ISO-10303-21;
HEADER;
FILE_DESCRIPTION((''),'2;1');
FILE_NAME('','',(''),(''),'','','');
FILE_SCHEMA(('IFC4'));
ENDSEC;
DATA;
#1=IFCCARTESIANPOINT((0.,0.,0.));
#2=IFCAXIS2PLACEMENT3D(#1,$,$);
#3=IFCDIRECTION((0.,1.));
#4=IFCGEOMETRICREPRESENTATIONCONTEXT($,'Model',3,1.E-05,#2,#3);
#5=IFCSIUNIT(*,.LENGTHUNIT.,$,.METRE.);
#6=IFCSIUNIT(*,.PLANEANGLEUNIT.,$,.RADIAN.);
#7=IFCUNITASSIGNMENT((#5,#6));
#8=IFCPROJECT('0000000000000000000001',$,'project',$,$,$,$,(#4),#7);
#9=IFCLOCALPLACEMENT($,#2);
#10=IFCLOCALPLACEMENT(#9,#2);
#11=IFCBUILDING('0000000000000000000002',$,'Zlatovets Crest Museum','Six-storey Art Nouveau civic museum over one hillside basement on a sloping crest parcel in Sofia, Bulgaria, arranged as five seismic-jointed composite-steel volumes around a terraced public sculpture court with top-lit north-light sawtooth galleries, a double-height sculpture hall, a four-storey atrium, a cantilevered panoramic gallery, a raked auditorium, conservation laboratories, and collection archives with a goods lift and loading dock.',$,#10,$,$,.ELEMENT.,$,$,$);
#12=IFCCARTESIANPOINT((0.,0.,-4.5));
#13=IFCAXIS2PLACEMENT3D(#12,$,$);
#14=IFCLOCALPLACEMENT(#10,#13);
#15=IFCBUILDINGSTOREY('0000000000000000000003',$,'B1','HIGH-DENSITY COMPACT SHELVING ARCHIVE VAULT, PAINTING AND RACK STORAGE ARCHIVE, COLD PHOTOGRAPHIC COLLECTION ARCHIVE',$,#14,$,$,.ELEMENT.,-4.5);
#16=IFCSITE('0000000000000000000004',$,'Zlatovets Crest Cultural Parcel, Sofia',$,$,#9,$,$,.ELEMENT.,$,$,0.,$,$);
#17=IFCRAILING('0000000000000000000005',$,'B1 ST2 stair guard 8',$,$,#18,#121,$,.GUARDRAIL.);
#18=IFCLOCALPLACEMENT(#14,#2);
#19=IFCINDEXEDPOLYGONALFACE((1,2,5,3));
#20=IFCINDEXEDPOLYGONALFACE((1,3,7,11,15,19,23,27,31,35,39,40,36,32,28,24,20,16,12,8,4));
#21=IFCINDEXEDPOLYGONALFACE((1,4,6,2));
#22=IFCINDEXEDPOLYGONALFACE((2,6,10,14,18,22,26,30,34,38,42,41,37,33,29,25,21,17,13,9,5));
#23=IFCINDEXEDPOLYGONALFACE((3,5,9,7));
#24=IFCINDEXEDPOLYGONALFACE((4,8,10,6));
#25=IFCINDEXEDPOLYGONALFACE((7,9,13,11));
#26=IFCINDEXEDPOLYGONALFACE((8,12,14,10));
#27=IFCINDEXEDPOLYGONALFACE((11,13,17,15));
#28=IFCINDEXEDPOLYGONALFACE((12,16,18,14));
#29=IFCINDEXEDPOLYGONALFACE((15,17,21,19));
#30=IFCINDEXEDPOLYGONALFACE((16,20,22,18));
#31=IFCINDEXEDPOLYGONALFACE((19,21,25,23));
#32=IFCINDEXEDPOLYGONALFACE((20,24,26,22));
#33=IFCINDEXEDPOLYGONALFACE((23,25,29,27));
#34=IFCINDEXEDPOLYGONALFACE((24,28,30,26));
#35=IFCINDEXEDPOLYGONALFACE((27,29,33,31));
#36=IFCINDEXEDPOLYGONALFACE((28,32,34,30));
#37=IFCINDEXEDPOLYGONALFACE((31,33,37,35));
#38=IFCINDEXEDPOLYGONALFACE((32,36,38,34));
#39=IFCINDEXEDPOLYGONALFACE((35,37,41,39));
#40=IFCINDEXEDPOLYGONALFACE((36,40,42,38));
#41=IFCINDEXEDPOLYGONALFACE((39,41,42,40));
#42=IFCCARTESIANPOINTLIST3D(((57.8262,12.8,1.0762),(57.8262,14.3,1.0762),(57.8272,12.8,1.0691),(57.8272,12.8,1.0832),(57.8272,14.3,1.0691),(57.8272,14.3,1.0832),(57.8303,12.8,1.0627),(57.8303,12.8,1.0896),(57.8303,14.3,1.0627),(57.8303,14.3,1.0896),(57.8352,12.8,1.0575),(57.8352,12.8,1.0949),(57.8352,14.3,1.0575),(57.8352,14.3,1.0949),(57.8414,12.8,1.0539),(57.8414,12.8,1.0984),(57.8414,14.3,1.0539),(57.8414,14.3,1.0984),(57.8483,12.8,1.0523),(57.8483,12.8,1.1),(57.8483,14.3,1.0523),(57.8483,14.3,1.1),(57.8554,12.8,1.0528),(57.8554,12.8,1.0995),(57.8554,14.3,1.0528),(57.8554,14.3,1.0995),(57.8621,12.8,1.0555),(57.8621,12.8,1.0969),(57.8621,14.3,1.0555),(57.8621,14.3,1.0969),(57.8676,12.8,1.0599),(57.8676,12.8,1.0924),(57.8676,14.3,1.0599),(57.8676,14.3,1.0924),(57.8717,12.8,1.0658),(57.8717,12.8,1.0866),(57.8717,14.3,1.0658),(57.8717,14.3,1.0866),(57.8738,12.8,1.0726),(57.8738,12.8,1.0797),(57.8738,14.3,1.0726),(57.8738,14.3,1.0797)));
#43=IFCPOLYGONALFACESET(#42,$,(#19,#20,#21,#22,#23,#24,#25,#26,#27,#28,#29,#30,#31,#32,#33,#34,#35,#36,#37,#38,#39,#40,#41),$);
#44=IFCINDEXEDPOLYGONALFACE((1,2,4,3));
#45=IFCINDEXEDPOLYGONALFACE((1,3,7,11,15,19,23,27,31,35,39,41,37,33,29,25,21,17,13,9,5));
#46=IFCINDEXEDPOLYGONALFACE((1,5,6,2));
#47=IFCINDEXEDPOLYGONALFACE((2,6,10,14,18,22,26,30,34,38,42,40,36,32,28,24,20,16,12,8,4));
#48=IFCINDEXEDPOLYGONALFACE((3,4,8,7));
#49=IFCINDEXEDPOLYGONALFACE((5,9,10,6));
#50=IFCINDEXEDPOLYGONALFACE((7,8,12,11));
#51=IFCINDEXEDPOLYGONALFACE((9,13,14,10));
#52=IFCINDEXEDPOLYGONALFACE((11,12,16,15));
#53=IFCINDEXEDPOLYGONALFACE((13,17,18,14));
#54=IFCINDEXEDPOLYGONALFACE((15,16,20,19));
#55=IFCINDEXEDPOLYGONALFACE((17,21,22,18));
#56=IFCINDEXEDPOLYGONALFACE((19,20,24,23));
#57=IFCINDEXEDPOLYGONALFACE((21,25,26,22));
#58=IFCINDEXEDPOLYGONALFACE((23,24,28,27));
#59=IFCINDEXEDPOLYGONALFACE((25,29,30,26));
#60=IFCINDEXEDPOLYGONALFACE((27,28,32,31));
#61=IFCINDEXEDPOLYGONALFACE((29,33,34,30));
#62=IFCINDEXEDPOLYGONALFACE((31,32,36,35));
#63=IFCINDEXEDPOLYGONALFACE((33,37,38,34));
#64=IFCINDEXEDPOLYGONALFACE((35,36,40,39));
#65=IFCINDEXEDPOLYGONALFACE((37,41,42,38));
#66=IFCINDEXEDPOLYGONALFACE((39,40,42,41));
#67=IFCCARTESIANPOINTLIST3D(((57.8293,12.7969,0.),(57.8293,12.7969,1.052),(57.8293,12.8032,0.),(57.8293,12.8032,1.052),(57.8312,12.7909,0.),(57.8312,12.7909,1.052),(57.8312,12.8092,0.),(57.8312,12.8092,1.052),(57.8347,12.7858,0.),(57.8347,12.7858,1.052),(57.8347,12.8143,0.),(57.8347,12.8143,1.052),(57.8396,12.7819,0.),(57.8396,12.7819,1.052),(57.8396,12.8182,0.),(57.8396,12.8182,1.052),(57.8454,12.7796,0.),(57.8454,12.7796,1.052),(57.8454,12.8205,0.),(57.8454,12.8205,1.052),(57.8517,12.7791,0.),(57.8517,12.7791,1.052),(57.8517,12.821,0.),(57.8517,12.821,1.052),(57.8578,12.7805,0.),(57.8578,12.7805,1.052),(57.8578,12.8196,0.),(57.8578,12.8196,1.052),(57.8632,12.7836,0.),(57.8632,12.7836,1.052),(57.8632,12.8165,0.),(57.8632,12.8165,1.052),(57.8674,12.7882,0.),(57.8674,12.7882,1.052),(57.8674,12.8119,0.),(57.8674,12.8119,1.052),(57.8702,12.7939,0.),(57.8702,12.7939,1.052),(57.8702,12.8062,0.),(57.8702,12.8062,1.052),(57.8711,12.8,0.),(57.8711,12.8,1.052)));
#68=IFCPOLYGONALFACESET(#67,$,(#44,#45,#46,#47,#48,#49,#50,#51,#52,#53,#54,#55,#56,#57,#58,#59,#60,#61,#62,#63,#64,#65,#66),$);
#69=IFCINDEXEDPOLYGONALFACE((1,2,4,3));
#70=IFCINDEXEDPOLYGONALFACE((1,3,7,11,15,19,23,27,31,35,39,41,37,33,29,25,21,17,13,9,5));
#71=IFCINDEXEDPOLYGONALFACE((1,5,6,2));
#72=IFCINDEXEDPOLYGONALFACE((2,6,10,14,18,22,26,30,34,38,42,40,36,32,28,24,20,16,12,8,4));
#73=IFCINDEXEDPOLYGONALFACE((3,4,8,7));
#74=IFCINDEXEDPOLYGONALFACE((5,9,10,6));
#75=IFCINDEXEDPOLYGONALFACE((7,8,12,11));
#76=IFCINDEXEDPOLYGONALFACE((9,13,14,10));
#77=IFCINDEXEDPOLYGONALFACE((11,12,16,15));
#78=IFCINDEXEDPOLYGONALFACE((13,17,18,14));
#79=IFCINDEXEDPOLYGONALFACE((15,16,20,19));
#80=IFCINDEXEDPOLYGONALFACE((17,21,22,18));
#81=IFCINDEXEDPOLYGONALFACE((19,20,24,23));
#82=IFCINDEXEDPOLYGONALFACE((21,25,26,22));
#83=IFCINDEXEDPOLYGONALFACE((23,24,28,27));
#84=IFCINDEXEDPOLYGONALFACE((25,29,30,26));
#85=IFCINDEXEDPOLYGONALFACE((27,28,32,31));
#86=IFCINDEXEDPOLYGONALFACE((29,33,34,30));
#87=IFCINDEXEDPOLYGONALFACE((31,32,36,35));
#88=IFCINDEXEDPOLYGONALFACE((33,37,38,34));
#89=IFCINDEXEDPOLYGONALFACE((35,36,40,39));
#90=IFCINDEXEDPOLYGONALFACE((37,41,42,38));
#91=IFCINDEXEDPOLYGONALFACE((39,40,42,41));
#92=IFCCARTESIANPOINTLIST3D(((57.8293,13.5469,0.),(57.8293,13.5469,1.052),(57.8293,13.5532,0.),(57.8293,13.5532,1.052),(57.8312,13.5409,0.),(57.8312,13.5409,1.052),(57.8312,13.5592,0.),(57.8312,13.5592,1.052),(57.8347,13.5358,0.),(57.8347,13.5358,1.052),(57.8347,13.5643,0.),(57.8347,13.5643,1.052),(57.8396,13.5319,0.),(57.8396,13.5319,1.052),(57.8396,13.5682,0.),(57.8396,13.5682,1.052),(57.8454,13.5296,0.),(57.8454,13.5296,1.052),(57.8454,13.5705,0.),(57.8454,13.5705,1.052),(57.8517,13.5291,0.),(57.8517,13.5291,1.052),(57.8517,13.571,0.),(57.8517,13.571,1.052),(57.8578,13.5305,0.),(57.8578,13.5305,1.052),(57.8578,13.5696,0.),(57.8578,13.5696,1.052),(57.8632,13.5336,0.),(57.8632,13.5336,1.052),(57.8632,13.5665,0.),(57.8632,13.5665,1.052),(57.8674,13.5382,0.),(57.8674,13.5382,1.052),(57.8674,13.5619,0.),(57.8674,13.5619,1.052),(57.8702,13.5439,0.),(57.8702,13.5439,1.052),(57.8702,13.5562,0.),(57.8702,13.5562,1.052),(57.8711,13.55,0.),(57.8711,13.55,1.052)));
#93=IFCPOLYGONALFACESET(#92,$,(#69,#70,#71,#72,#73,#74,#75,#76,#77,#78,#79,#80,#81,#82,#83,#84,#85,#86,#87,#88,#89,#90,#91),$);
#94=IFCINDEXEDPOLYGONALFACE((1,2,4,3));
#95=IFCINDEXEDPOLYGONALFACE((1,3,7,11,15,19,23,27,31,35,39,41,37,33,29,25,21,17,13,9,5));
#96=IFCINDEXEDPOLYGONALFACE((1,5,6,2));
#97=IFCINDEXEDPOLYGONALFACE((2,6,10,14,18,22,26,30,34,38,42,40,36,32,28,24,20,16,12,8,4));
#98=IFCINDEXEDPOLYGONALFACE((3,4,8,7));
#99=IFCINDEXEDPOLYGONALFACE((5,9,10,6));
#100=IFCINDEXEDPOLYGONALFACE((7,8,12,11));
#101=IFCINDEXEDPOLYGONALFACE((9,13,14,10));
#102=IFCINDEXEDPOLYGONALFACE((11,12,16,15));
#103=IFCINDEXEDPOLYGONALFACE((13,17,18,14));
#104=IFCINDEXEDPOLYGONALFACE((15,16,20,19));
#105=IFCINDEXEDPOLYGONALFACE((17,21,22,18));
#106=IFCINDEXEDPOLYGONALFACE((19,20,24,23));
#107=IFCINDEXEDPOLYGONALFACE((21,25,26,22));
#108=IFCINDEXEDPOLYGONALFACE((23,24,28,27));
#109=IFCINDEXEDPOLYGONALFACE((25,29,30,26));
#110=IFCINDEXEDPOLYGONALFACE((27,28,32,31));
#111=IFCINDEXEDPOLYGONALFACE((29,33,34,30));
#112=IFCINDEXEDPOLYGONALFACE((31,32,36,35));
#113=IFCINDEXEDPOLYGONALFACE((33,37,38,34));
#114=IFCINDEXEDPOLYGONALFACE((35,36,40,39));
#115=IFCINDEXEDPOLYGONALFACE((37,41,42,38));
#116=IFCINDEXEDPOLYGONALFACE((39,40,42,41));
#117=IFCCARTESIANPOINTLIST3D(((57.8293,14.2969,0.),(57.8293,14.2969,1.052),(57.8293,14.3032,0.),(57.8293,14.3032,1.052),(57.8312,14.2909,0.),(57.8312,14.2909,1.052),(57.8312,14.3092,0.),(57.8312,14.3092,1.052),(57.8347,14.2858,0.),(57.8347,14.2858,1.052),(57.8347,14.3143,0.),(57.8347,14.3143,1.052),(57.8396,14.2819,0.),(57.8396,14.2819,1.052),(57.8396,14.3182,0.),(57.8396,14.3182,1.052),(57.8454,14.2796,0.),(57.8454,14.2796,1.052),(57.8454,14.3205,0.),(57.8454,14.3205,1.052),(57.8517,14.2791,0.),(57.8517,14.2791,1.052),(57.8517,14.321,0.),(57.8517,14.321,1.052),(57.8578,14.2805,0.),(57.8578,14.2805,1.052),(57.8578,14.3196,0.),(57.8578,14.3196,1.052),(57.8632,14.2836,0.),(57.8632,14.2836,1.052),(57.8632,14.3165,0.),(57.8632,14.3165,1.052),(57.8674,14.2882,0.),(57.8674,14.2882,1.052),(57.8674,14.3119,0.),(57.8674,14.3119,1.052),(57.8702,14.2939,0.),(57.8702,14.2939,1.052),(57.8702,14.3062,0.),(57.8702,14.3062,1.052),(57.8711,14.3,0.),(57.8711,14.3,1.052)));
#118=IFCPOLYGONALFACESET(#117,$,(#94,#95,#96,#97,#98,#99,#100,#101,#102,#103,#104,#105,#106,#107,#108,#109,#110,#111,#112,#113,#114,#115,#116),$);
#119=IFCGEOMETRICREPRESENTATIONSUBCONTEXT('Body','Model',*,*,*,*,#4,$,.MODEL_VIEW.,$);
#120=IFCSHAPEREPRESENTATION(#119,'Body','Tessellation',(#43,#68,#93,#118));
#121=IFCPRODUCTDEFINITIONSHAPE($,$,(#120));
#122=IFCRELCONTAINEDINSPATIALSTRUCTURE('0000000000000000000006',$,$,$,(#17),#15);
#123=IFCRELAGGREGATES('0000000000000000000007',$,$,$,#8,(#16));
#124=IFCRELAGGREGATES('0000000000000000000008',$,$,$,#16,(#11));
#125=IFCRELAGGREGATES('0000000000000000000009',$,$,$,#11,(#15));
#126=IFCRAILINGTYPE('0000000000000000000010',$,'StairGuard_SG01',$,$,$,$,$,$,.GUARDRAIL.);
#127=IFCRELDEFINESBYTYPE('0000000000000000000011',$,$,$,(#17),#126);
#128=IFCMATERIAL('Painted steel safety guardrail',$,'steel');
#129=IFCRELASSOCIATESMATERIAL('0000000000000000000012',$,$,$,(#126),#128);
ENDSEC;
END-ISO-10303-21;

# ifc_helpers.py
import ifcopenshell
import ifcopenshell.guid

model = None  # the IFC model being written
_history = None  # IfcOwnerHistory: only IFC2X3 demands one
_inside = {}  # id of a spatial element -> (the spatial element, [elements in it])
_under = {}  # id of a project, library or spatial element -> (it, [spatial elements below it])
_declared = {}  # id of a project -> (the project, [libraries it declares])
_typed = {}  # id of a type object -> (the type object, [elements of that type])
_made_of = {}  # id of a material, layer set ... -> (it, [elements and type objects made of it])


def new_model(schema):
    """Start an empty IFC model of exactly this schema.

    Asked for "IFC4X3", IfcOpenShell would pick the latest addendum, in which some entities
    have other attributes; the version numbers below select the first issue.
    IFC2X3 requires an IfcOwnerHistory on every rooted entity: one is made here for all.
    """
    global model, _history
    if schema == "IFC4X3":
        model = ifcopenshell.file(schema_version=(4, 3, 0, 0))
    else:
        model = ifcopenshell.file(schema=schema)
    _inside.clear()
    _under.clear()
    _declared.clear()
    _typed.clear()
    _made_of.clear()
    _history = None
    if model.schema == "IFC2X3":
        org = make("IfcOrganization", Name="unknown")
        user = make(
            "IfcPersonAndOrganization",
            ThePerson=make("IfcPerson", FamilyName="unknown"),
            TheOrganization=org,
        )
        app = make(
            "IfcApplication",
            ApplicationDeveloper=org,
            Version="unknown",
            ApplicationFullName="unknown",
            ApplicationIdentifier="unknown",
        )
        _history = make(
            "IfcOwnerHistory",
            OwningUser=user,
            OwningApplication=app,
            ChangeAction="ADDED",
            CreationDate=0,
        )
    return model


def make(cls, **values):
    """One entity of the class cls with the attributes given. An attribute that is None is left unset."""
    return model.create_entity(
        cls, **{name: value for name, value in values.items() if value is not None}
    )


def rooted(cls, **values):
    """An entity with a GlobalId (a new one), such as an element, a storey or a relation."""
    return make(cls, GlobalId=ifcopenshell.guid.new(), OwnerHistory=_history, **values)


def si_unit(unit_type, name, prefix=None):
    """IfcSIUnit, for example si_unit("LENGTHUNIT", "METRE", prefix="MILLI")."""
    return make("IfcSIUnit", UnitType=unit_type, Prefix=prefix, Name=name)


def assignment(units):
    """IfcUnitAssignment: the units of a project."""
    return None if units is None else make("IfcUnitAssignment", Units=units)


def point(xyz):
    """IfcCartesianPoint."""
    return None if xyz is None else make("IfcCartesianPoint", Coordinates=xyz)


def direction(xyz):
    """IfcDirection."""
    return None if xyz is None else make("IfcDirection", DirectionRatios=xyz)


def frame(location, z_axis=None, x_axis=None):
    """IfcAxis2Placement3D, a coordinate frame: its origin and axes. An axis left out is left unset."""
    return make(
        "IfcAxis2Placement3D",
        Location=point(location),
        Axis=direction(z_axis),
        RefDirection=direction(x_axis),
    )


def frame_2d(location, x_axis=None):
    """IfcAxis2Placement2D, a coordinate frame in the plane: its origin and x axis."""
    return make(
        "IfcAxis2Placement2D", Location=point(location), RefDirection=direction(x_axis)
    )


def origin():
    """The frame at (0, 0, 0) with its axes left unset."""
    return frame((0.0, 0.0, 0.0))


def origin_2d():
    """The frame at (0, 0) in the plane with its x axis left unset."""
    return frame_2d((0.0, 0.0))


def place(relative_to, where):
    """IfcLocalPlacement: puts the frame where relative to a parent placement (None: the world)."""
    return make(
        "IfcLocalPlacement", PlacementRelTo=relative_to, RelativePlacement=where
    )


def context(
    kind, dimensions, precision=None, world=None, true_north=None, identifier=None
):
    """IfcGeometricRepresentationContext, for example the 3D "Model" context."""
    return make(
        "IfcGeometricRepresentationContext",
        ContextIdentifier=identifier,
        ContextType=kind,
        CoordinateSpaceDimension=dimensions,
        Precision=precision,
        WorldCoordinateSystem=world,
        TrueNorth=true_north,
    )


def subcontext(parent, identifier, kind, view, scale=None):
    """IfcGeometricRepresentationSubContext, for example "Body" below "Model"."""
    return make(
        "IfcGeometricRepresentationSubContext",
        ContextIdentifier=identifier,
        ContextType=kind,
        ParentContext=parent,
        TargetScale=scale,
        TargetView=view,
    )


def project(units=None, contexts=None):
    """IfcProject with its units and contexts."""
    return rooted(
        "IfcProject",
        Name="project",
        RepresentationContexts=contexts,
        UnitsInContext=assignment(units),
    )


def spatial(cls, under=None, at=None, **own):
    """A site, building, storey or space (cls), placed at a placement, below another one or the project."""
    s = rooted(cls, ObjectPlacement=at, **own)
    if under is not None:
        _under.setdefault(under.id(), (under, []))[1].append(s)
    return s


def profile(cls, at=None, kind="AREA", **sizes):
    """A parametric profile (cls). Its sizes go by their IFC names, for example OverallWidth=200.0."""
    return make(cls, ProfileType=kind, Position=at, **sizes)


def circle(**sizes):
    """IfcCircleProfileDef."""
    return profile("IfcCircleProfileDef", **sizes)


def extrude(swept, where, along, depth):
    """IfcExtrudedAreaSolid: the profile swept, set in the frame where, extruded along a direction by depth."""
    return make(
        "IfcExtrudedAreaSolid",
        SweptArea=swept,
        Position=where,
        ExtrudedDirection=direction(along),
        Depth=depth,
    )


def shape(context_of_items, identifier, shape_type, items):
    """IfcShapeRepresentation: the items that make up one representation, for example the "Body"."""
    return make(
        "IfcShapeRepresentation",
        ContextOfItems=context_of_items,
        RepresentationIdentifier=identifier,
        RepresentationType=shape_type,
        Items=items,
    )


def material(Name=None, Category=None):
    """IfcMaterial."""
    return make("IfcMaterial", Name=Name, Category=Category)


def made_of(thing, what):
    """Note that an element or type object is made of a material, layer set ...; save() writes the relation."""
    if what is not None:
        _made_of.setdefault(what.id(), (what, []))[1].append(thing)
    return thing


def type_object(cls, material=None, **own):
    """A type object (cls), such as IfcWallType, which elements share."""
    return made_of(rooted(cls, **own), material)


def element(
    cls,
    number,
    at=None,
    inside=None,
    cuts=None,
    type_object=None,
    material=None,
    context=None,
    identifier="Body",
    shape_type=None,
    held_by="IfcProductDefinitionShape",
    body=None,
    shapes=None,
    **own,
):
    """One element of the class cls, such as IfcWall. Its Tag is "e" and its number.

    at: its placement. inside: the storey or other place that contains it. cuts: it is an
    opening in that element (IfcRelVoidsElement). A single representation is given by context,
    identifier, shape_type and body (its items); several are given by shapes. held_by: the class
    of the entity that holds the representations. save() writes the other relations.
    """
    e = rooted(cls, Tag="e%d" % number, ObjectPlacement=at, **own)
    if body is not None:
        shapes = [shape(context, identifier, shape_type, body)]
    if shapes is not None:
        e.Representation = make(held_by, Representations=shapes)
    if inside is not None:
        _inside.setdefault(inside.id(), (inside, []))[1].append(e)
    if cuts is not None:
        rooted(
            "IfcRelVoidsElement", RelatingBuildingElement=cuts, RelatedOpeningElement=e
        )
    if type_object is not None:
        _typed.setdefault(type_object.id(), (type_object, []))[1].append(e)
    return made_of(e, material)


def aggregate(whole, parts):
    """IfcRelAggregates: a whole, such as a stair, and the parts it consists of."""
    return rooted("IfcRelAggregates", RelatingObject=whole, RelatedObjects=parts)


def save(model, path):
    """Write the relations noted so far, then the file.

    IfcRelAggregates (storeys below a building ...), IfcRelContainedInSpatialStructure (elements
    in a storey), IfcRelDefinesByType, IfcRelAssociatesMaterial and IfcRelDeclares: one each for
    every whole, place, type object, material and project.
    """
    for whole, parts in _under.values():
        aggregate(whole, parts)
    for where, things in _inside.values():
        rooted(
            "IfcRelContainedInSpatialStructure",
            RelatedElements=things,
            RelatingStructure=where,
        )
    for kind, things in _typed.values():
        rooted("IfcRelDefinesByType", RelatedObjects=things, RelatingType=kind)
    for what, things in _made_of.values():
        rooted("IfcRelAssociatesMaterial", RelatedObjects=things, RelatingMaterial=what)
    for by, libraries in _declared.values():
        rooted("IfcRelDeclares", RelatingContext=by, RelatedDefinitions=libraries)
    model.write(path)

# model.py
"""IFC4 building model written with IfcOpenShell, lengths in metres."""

from ifc_helpers import new_model, si_unit, direction, frame, origin, origin_2d, place, context, subcontext, project, spatial, circle, extrude, material, type_object, element, save


model = new_model("IFC4")

# Units and contexts
model_context = context("Model", 3, precision=1e-05, world=origin(), true_north=direction((0.0, 1.0)))
body_context = subcontext(model_context, "Body", "Model", "MODEL_VIEW")
ifc_project = project(units=[si_unit("LENGTHUNIT", "METRE"), si_unit("PLANEANGLEUNIT", "RADIAN")], contexts=[model_context])

# Site, building, storey
site_placement = place(None, origin())
site = spatial("IfcSite", under=ifc_project, at=site_placement, Name="Zlatovets Crest Cultural Parcel, Sofia", CompositionType="ELEMENT", RefElevation=0.0)
building_placement = place(site_placement, origin())
building = spatial("IfcBuilding", under=site, at=building_placement, Name="Zlatovets Crest Museum", Description="Six-storey Art Nouveau civic museum over one hillside basement on a sloping crest parcel in Sofia, Bulgaria, arranged as five seismic-jointed composite-steel volumes around a terraced public sculpture court with top-lit north-light sawtooth galleries, a double-height sculpture hall, a four-storey atrium, a cantilevered panoramic gallery, a raked auditorium, conservation laboratories, and collection archives with a goods lift and loading dock.", CompositionType="ELEMENT")
storey_placement = place(building_placement, frame((0.0, 0.0, -4.5)))
storey = spatial("IfcBuildingStorey", under=building, at=storey_placement, Name="B1", Description="HIGH-DENSITY COMPACT SHELVING ARCHIVE VAULT, PAINTING AND RACK STORAGE ARCHIVE, COLD PHOTOGRAPHIC COLLECTION ARCHIVE", CompositionType="ELEMENT", Elevation=-4.5)

# Railing
ifc_material_1 = material(Name="Painted steel safety guardrail", Category="steel")
railing_type_1 = type_object("IfcRailingType", Name="StairGuard_SG01", PredefinedType="GUARDRAIL", material=ifc_material_1)
for number, where, name in (
    (1, (57.8501, 12.8, 0.0), "B1 ST2 stair guard 8"),
):
    element("IfcRailing", number, at=place(storey_placement, frame(where)), inside=storey, type_object=railing_type_1, Name=name, PredefinedType="GUARDRAIL", context=body_context, shape_type="SweptSolid", body=[
        extrude(circle(Radius=0.0239, at=origin_2d()), frame((0.0, 0.0, 1.0762), z_axis=(0.0, 1.0, 0.0), x_axis=(-1.0, 0.0, 0.0)), (0.0, 0.0, 1.0), 1.5),
        extrude(circle(Radius=0.021, at=origin_2d()), origin(), (0.0, 0.0, 1.0), 1.052),
        extrude(circle(Radius=0.021, at=origin_2d()), frame((0.0, 0.75, 0.0)), (0.0, 0.0, 1.0), 1.052),
        extrude(circle(Radius=0.021, at=origin_2d()), frame((0.0, 1.5, 0.0)), (0.0, 0.0, 1.0), 1.052),
    ])

save(model, "model.ifc")
